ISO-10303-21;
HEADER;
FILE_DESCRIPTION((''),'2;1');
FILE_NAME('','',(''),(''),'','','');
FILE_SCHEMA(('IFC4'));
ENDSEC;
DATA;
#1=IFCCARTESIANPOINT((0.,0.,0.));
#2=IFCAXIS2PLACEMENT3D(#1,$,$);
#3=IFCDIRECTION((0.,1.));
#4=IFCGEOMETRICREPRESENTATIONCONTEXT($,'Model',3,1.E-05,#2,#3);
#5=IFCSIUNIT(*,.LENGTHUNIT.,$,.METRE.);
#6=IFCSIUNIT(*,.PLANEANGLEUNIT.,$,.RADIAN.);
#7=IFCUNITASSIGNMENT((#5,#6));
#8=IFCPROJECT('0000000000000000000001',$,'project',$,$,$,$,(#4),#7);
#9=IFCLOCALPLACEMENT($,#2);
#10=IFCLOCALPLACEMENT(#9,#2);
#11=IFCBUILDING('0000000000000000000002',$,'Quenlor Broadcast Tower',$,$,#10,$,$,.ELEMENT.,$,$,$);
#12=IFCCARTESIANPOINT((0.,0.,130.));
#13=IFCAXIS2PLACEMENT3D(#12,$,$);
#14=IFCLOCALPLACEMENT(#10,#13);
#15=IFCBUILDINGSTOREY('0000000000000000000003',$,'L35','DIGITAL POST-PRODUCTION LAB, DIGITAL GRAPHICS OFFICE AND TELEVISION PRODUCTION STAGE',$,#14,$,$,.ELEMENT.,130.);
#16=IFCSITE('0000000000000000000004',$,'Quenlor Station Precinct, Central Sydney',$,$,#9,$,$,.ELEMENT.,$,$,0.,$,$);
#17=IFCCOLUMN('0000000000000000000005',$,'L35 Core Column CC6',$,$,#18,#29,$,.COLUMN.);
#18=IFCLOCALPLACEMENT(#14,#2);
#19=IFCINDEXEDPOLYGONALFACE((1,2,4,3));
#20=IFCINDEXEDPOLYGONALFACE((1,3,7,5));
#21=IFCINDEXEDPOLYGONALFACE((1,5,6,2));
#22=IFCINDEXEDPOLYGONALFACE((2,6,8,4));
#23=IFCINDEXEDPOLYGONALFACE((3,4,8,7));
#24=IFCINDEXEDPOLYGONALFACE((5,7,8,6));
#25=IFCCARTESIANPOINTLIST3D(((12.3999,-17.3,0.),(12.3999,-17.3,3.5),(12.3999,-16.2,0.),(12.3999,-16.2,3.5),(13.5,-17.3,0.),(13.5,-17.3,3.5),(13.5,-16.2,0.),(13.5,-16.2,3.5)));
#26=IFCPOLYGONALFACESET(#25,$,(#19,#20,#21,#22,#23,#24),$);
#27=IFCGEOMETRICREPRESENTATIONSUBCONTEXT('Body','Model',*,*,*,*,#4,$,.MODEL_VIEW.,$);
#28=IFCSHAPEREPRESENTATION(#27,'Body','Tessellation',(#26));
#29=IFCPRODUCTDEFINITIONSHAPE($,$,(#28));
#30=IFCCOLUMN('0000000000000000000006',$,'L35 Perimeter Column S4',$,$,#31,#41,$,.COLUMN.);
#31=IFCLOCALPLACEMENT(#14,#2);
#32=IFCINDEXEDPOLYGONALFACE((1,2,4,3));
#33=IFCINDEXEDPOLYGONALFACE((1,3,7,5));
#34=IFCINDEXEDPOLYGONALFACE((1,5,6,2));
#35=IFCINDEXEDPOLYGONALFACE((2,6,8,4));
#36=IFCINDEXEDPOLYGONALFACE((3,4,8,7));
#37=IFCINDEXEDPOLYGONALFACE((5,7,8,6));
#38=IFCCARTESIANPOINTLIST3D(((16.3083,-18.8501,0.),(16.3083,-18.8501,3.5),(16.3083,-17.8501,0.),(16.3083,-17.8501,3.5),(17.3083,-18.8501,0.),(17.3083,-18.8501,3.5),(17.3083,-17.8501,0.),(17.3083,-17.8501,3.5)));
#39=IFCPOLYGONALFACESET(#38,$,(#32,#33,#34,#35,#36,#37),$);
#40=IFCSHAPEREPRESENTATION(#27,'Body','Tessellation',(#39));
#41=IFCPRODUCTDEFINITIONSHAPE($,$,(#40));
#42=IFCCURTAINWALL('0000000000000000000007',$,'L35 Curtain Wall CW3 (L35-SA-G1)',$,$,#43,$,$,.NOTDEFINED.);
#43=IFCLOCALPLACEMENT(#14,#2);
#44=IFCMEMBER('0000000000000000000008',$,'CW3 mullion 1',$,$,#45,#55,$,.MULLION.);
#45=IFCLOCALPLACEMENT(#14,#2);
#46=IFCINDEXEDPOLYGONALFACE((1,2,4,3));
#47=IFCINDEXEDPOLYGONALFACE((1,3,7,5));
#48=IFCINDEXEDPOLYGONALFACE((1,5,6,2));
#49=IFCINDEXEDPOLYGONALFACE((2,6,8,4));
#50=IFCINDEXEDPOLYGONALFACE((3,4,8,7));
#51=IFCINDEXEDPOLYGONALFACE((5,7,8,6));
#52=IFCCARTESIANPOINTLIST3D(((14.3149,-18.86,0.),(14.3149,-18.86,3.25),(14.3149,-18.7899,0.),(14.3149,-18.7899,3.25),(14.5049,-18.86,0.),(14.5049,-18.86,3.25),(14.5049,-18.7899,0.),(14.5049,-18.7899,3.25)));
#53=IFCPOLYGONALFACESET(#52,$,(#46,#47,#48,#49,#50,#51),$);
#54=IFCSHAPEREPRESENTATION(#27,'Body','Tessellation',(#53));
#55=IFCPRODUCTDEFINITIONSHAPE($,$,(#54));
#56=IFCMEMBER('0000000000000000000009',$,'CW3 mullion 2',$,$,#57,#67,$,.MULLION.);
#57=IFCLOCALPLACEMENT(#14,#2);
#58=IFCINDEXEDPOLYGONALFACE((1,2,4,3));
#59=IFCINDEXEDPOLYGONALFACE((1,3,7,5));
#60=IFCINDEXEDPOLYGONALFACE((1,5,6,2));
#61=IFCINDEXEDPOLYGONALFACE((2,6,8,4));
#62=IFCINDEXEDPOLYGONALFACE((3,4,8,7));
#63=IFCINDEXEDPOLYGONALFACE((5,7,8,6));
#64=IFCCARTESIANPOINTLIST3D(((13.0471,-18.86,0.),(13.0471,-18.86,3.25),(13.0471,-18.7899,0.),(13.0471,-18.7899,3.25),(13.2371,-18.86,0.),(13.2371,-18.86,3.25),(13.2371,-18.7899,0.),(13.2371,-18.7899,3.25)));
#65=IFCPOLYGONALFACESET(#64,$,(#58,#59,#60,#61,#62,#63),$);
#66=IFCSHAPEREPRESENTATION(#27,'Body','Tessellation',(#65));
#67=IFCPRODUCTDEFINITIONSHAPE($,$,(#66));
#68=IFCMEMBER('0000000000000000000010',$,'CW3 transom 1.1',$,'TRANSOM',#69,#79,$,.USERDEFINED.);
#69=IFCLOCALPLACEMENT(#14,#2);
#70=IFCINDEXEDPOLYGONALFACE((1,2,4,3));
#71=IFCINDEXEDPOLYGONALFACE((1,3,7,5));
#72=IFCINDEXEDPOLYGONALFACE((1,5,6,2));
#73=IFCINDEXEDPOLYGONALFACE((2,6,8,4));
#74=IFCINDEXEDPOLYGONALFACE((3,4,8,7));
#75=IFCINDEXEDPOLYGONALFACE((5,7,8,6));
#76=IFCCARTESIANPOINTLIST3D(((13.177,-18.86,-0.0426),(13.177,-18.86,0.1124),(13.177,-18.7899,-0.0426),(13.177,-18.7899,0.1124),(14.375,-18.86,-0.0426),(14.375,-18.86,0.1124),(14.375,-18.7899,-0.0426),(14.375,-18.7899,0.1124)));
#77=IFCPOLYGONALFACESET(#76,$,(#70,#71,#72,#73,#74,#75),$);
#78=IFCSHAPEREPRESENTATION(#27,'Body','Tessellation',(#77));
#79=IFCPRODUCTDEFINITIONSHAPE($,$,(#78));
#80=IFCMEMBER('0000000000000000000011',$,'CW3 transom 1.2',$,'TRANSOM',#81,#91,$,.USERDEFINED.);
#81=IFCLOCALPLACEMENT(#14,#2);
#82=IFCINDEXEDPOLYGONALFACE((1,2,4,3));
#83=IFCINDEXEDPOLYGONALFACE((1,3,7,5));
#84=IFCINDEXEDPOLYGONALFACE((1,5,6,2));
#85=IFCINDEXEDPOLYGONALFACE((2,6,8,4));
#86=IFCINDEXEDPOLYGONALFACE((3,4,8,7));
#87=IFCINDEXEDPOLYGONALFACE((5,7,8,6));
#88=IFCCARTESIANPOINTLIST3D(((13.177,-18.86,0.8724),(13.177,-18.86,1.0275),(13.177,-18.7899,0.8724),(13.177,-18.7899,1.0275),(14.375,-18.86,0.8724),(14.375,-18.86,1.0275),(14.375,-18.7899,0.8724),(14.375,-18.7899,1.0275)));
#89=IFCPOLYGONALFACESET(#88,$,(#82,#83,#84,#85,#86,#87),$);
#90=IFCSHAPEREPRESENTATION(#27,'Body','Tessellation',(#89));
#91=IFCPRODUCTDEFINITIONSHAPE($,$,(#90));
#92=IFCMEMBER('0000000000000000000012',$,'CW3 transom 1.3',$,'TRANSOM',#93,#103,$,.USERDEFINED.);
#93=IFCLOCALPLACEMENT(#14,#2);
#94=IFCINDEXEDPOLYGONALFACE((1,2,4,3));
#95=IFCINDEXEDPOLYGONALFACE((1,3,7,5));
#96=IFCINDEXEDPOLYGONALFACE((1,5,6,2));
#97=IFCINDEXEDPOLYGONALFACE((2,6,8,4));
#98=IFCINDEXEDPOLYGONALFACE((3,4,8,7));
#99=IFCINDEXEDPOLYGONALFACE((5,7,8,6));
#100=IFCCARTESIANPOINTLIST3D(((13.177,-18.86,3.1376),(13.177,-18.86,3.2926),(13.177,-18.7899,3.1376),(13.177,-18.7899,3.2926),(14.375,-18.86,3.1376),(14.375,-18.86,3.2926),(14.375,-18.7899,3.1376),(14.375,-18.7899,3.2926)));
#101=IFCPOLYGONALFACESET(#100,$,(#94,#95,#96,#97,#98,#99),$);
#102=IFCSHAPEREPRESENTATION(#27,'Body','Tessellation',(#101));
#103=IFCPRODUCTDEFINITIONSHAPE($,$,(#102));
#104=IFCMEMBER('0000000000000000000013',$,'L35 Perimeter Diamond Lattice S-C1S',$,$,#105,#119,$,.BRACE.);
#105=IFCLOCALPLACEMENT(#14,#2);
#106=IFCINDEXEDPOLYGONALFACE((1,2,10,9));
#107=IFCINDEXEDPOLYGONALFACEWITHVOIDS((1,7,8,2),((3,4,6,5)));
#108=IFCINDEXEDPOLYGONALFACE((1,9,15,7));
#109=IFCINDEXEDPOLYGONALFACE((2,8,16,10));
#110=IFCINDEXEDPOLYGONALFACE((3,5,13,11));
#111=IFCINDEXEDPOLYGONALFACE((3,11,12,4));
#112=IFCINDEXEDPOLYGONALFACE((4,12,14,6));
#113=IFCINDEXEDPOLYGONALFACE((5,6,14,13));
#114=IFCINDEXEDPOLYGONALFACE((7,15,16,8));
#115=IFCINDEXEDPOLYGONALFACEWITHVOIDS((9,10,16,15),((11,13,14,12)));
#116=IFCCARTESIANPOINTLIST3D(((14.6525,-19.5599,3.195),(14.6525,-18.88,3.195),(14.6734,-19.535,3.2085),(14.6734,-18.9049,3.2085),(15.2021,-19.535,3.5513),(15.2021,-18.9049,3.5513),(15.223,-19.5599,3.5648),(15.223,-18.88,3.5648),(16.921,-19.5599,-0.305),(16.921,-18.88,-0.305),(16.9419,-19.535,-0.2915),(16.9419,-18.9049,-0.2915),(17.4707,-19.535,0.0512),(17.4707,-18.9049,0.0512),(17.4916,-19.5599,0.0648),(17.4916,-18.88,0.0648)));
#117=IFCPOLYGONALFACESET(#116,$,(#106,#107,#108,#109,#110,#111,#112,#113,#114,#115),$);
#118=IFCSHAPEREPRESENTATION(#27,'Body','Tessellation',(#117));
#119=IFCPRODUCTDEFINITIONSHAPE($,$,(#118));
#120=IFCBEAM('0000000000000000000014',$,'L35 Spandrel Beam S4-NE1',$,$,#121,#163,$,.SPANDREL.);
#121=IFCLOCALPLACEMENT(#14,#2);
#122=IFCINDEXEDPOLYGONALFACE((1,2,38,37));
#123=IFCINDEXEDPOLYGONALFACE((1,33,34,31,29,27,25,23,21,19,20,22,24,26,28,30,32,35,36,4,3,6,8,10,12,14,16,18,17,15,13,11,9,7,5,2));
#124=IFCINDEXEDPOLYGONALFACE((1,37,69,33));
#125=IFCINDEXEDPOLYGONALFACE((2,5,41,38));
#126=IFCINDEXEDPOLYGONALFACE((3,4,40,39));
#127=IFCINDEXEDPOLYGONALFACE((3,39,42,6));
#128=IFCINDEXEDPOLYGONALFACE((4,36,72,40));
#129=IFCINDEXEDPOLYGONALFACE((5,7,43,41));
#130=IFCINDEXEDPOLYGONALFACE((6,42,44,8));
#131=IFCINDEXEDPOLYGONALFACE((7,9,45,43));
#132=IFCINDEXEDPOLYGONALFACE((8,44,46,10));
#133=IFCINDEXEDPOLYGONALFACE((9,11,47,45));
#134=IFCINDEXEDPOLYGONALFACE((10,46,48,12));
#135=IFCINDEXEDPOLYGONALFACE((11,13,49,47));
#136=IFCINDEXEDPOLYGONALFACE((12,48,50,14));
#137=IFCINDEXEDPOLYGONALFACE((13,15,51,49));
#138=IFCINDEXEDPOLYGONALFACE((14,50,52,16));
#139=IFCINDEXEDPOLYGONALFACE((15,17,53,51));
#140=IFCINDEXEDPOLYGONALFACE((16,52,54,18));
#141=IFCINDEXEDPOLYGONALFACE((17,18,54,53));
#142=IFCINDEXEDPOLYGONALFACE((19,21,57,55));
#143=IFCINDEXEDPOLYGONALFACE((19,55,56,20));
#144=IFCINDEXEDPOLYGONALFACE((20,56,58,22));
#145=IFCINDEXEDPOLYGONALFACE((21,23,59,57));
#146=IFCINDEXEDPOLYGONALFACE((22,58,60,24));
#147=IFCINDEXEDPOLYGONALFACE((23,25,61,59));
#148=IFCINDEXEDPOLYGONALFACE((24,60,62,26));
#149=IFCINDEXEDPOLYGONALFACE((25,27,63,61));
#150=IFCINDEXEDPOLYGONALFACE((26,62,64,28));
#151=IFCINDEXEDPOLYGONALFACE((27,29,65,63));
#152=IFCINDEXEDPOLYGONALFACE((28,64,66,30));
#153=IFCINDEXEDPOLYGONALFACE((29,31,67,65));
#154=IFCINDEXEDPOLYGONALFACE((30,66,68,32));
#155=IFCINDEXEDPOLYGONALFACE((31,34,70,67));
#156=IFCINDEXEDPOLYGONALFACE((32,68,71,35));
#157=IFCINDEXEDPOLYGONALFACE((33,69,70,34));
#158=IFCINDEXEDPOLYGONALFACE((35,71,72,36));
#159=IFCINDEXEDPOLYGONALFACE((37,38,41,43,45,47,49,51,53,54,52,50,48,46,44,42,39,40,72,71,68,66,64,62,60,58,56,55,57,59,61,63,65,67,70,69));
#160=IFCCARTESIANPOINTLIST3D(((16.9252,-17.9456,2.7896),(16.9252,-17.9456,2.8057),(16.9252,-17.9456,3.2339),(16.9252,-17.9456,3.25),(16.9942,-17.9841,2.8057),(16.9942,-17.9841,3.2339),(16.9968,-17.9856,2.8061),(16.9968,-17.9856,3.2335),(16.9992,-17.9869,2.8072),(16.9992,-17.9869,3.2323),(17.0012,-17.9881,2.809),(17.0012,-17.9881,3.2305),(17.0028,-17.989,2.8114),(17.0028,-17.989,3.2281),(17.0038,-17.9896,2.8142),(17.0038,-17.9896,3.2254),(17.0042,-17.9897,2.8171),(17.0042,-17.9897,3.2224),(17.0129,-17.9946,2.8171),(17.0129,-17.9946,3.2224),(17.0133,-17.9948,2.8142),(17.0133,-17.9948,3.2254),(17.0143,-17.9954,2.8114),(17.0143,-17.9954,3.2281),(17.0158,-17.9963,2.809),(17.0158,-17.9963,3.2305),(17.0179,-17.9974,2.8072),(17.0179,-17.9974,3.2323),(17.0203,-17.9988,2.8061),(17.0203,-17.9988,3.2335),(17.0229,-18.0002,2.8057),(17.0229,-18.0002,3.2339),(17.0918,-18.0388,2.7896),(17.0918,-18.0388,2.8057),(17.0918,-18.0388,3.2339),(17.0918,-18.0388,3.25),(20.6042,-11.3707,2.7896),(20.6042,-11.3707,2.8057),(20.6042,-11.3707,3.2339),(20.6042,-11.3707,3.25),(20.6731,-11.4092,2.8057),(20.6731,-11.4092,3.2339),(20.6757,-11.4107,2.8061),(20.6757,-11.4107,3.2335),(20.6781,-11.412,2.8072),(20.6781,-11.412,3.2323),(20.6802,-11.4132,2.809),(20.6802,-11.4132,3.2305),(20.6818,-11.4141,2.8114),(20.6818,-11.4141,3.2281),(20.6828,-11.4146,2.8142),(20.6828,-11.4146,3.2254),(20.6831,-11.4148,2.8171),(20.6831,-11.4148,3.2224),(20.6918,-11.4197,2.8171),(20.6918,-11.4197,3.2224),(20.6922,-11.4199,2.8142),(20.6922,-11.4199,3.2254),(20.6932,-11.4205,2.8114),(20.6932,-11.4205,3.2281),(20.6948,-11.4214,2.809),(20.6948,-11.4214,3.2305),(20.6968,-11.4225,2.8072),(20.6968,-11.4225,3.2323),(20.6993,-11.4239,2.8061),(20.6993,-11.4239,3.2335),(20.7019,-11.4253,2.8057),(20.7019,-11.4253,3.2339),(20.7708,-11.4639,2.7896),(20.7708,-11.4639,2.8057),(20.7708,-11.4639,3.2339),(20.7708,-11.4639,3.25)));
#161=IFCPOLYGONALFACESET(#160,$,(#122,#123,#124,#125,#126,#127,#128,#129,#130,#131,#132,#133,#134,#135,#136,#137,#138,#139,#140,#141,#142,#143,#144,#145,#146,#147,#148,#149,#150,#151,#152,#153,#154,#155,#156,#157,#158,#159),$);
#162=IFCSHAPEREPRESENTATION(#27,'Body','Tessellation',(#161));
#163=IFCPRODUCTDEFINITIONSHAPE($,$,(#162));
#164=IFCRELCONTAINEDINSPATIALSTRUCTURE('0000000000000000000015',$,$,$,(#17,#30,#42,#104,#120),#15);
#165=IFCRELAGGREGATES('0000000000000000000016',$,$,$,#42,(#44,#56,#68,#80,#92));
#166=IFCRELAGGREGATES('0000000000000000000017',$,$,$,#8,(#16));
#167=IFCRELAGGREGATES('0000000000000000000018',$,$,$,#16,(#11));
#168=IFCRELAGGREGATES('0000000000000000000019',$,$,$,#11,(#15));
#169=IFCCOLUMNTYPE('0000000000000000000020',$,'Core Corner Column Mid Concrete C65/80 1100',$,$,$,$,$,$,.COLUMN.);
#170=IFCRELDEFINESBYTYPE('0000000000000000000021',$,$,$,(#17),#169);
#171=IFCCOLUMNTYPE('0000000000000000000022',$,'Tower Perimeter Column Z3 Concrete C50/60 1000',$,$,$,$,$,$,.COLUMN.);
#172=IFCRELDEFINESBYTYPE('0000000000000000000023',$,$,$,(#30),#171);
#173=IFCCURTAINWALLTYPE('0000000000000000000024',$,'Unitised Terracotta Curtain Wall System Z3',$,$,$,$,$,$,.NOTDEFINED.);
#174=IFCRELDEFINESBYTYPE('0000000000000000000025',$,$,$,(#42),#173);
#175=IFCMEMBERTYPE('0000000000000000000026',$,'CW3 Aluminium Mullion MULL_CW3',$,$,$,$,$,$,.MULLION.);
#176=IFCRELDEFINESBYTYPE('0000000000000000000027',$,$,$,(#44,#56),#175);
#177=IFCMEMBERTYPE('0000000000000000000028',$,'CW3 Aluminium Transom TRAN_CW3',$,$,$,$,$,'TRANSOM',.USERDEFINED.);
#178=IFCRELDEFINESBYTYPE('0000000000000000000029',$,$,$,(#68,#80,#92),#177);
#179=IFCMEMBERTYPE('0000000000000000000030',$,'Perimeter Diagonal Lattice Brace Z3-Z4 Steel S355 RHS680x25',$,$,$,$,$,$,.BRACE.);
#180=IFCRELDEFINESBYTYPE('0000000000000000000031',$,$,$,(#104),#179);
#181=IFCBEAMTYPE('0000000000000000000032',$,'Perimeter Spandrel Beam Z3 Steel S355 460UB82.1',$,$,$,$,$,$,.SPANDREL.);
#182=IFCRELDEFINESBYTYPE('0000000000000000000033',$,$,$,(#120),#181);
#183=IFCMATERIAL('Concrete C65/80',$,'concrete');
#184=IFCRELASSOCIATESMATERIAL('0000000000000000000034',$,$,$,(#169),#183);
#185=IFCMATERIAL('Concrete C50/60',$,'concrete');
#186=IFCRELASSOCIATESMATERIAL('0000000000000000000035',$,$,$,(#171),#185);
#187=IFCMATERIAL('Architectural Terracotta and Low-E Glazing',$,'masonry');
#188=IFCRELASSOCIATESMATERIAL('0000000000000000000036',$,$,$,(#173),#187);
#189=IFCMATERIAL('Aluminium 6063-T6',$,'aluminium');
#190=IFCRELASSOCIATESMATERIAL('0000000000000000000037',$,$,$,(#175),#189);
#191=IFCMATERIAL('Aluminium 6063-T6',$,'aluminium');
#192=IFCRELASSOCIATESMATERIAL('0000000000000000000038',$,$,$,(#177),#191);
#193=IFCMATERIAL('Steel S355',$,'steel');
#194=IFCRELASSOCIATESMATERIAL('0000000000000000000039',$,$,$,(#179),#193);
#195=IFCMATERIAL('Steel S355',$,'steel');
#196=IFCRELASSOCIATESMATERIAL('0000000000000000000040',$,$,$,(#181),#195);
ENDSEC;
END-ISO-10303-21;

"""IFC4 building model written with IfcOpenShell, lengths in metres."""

from ifc_helpers import new_model, si_unit, direction, frame, origin, origin_2d, place, context, subcontext, project, spatial, rectangle, hollow_rectangle, i_section, extrude, material, material_profile, profile_set, type_object, element, aggregate, save


model = new_model("IFC4")

# Units and contexts
model_context = context("Model", 3, precision=1e-05, world=origin(), true_north=direction((0.0, 1.0)))
body_context = subcontext(model_context, "Body", "Model", "MODEL_VIEW")
ifc_project = project(units=[si_unit("LENGTHUNIT", "METRE"), si_unit("PLANEANGLEUNIT", "RADIAN")], contexts=[model_context])

# Site, building, storey
site_placement = place(None, origin())
site = spatial("IfcSite", under=ifc_project, at=site_placement, Name="Quenlor Station Precinct, Central Sydney", CompositionType="ELEMENT", RefElevation=0.0)
building_placement = place(site_placement, origin())
building = spatial("IfcBuilding", under=site, at=building_placement, Name="Quenlor Broadcast Tower", CompositionType="ELEMENT")
storey_placement = place(building_placement, frame((0.0, 0.0, 130.0)))
storey = spatial("IfcBuildingStorey", under=building, at=storey_placement, Name="L35", Description="DIGITAL POST-PRODUCTION LAB, DIGITAL GRAPHICS OFFICE AND TELEVISION PRODUCTION STAGE", CompositionType="ELEMENT", Elevation=130.0)

# Columns
ifc_material_1 = material(Name="Concrete C65/80", Category="concrete")
ifc_material_profile_1 = material_profile(ifc_material_1, rectangle(XDim=1.1001, YDim=1.1001, at=origin_2d()))
ifc_profile_set_1 = profile_set([ifc_material_profile_1], Name="Concrete C65/80 RC1100x1100")
column_type_1 = type_object("IfcColumnType", Name="Core Corner Column Mid Concrete C65/80 1100", PredefinedType="COLUMN", material=ifc_profile_set_1)
column_1_placement = place(storey_placement, frame((12.95, -16.75, 0.0), z_axis=(0.0, 0.0, 1.0), x_axis=(1.0, 0.0, 0.0)))
element("IfcColumn", 1, at=column_1_placement, inside=storey, type_object=column_type_1, Name="L35 Core Column CC6", PredefinedType="COLUMN", context=body_context, shape_type="SweptSolid", body=[
    extrude(rectangle(XDim=1.1001, YDim=1.1001, at=origin_2d()), origin(), (0.0, 0.0, 1.0), 3.5),
])
ifc_material_2 = material(Name="Concrete C50/60", Category="concrete")
ifc_material_profile_2 = material_profile(ifc_material_2, rectangle(XDim=1.0, YDim=1.0, at=origin_2d()))
ifc_profile_set_2 = profile_set([ifc_material_profile_2], Name="Concrete C50/60 RC1000x1000")
column_type_2 = type_object("IfcColumnType", Name="Tower Perimeter Column Z3 Concrete C50/60 1000", PredefinedType="COLUMN", material=ifc_profile_set_2)
column_2_placement = place(storey_placement, frame((16.8083, -18.3501, 0.0), z_axis=(0.0, 0.0, 1.0), x_axis=(0.0, 1.0, 0.0)))
element("IfcColumn", 2, at=column_2_placement, inside=storey, type_object=column_type_2, Name="L35 Perimeter Column S4", PredefinedType="COLUMN", context=body_context, shape_type="SweptSolid", body=[
    extrude(rectangle(XDim=1.0, YDim=1.0, at=origin_2d()), origin(), (0.0, 0.0, 1.0), 3.5),
])

# Curtain wall, members
ifc_material_3 = material(Name="Architectural Terracotta and Low-E Glazing", Category="masonry")
curtain_wall_type = type_object("IfcCurtainWallType", Name="Unitised Terracotta Curtain Wall System Z3", PredefinedType="NOTDEFINED", material=ifc_material_3)
curtain_wall_placement = place(storey_placement, origin())
curtain_wall = element("IfcCurtainWall", 3, at=curtain_wall_placement, inside=storey, type_object=curtain_wall_type, Name="L35 Curtain Wall CW3 (L35-SA-G1)", PredefinedType="NOTDEFINED")
ifc_material_4 = material(Name="Aluminium 6063-T6", Category="aluminium")
ifc_material_profile_3 = material_profile(ifc_material_4, rectangle(XDim=0.0701, YDim=0.1899, at=origin_2d()))
ifc_profile_set_3 = profile_set([ifc_material_profile_3], Name="Aluminium 6063-T6 MULL70x190")
member_type_1 = type_object("IfcMemberType", Name="CW3 Aluminium Mullion MULL_CW3", PredefinedType="MULLION", material=ifc_profile_set_3)
member_1_placement = place(storey_placement, frame((14.4099, -18.825, 0.0), z_axis=(0.0, 0.0, 1.0), x_axis=(0.0, -1.0, 0.0)))
member_1 = element("IfcMember", 4, at=member_1_placement, type_object=member_type_1, Name="CW3 mullion 1", PredefinedType="MULLION", context=body_context, shape_type="SweptSolid", body=[
    extrude(rectangle(XDim=0.0701, YDim=0.1899, at=origin_2d()), origin(), (0.0, 0.0, 1.0), 3.25),
])
member_2_placement = place(storey_placement, frame((13.1421, -18.825, 0.0), z_axis=(0.0, 0.0, 1.0), x_axis=(0.0, -1.0, 0.0)))
member_2 = element("IfcMember", 5, at=member_2_placement, type_object=member_type_1, Name="CW3 mullion 2", PredefinedType="MULLION", context=body_context, shape_type="SweptSolid", body=[
    extrude(rectangle(XDim=0.0701, YDim=0.1899, at=origin_2d()), origin(), (0.0, 0.0, 1.0), 3.25),
])
ifc_material_5 = material(Name="Aluminium 6063-T6", Category="aluminium")
ifc_material_profile_4 = material_profile(ifc_material_5, rectangle(XDim=0.0701, YDim=0.155, at=origin_2d()))
ifc_profile_set_4 = profile_set([ifc_material_profile_4], Name="Aluminium 6063-T6 TRAN70x155")
member_type_2 = type_object("IfcMemberType", Name="CW3 Aluminium Transom TRAN_CW3", ElementType="TRANSOM", PredefinedType="USERDEFINED", material=ifc_profile_set_4)
member_3_placement = place(storey_placement, frame((14.375, -18.825, 0.0349), z_axis=(-1.0, 0.0, 0.0), x_axis=(0.0, -1.0, 0.0)))
member_3 = element("IfcMember", 6, at=member_3_placement, type_object=member_type_2, Name="CW3 transom 1.1", ObjectType="TRANSOM", PredefinedType="USERDEFINED", context=body_context, shape_type="SweptSolid", body=[
    extrude(rectangle(XDim=0.0701, YDim=0.155, at=origin_2d()), origin(), (0.0, 0.0, 1.0), 1.198),
])
member_4_placement = place(storey_placement, frame((14.375, -18.825, 0.95), z_axis=(-1.0, 0.0, 0.0), x_axis=(0.0, -1.0, 0.0)))
member_4 = element("IfcMember", 7, at=member_4_placement, type_object=member_type_2, Name="CW3 transom 1.2", ObjectType="TRANSOM", PredefinedType="USERDEFINED", context=body_context, shape_type="SweptSolid", body=[
    extrude(rectangle(XDim=0.0701, YDim=0.155, at=origin_2d()), origin(), (0.0, 0.0, 1.0), 1.198),
])
member_5_placement = place(storey_placement, frame((14.375, -18.825, 3.2151), z_axis=(-1.0, 0.0, 0.0), x_axis=(0.0, -1.0, 0.0)))
member_5 = element("IfcMember", 8, at=member_5_placement, type_object=member_type_2, Name="CW3 transom 1.3", ObjectType="TRANSOM", PredefinedType="USERDEFINED", context=body_context, shape_type="SweptSolid", body=[
    extrude(rectangle(XDim=0.0701, YDim=0.155, at=origin_2d()), origin(), (0.0, 0.0, 1.0), 1.198),
])

# Member
ifc_material_6 = material(Name="Steel S355", Category="steel")
ifc_material_profile_5 = material_profile(ifc_material_6, hollow_rectangle(XDim=0.6799, YDim=0.6799, WallThickness=0.0249, at=origin_2d()))
ifc_profile_set_5 = profile_set([ifc_material_profile_5], Name="Steel S355 RHS680x680x25")
member_type_3 = type_object("IfcMemberType", Name="Perimeter Diagonal Lattice Brace Z3-Z4 Steel S355 RHS680x25", PredefinedType="BRACE", material=ifc_profile_set_5)
member_6_placement = place(storey_placement, frame((17.2063, -19.22, -0.1201), z_axis=(-0.543902, 0.0, 0.839149), x_axis=(0.0, -1.0, 0.0)))
element("IfcMember", 9, at=member_6_placement, inside=storey, type_object=member_type_3, Name="L35 Perimeter Diamond Lattice S-C1S", PredefinedType="BRACE", context=body_context, shape_type="SweptSolid", body=[
    extrude(hollow_rectangle(XDim=0.6799, YDim=0.6799, WallThickness=0.0249, at=origin_2d()), origin(), (0.0, 0.0, 1.0), 4.1709),
])

# Beam
ifc_material_7 = material(Name="Steel S355", Category="steel")
ifc_material_profile_6 = material_profile(ifc_material_7, i_section(OverallWidth=0.1909, OverallDepth=0.4604, WebThickness=0.01, FlangeThickness=0.0161, FilletRadius=0.0115, at=origin_2d()))
ifc_profile_set_6 = profile_set([ifc_material_profile_6], Name="Steel S355 460UB82.1")
beam_type_1 = type_object("IfcBeamType", Name="Perimeter Spandrel Beam Z3 Steel S355 460UB82.1", PredefinedType="SPANDREL", material=ifc_profile_set_6)
beam_1_placement = place(storey_placement, frame((17.0085, -17.9922, 3.0198), z_axis=(0.488298, 0.872677, 0.0), x_axis=(-0.872677, 0.488298, 0.0)))
element("IfcBeam", 10, at=beam_1_placement, inside=storey, type_object=beam_type_1, Name="L35 Spandrel Beam S4-NE1", PredefinedType="SPANDREL", context=body_context, shape_type="SweptSolid", body=[
    extrude(i_section(OverallWidth=0.1909, OverallDepth=0.4604, WebThickness=0.01, FlangeThickness=0.0161, FilletRadius=0.0115, at=origin_2d()), origin(), (0.0, 0.0, 1.0), 7.5342),
])

aggregate(curtain_wall, [member_1, member_2, member_3, member_4, member_5])

save(model, "model.ifc")
